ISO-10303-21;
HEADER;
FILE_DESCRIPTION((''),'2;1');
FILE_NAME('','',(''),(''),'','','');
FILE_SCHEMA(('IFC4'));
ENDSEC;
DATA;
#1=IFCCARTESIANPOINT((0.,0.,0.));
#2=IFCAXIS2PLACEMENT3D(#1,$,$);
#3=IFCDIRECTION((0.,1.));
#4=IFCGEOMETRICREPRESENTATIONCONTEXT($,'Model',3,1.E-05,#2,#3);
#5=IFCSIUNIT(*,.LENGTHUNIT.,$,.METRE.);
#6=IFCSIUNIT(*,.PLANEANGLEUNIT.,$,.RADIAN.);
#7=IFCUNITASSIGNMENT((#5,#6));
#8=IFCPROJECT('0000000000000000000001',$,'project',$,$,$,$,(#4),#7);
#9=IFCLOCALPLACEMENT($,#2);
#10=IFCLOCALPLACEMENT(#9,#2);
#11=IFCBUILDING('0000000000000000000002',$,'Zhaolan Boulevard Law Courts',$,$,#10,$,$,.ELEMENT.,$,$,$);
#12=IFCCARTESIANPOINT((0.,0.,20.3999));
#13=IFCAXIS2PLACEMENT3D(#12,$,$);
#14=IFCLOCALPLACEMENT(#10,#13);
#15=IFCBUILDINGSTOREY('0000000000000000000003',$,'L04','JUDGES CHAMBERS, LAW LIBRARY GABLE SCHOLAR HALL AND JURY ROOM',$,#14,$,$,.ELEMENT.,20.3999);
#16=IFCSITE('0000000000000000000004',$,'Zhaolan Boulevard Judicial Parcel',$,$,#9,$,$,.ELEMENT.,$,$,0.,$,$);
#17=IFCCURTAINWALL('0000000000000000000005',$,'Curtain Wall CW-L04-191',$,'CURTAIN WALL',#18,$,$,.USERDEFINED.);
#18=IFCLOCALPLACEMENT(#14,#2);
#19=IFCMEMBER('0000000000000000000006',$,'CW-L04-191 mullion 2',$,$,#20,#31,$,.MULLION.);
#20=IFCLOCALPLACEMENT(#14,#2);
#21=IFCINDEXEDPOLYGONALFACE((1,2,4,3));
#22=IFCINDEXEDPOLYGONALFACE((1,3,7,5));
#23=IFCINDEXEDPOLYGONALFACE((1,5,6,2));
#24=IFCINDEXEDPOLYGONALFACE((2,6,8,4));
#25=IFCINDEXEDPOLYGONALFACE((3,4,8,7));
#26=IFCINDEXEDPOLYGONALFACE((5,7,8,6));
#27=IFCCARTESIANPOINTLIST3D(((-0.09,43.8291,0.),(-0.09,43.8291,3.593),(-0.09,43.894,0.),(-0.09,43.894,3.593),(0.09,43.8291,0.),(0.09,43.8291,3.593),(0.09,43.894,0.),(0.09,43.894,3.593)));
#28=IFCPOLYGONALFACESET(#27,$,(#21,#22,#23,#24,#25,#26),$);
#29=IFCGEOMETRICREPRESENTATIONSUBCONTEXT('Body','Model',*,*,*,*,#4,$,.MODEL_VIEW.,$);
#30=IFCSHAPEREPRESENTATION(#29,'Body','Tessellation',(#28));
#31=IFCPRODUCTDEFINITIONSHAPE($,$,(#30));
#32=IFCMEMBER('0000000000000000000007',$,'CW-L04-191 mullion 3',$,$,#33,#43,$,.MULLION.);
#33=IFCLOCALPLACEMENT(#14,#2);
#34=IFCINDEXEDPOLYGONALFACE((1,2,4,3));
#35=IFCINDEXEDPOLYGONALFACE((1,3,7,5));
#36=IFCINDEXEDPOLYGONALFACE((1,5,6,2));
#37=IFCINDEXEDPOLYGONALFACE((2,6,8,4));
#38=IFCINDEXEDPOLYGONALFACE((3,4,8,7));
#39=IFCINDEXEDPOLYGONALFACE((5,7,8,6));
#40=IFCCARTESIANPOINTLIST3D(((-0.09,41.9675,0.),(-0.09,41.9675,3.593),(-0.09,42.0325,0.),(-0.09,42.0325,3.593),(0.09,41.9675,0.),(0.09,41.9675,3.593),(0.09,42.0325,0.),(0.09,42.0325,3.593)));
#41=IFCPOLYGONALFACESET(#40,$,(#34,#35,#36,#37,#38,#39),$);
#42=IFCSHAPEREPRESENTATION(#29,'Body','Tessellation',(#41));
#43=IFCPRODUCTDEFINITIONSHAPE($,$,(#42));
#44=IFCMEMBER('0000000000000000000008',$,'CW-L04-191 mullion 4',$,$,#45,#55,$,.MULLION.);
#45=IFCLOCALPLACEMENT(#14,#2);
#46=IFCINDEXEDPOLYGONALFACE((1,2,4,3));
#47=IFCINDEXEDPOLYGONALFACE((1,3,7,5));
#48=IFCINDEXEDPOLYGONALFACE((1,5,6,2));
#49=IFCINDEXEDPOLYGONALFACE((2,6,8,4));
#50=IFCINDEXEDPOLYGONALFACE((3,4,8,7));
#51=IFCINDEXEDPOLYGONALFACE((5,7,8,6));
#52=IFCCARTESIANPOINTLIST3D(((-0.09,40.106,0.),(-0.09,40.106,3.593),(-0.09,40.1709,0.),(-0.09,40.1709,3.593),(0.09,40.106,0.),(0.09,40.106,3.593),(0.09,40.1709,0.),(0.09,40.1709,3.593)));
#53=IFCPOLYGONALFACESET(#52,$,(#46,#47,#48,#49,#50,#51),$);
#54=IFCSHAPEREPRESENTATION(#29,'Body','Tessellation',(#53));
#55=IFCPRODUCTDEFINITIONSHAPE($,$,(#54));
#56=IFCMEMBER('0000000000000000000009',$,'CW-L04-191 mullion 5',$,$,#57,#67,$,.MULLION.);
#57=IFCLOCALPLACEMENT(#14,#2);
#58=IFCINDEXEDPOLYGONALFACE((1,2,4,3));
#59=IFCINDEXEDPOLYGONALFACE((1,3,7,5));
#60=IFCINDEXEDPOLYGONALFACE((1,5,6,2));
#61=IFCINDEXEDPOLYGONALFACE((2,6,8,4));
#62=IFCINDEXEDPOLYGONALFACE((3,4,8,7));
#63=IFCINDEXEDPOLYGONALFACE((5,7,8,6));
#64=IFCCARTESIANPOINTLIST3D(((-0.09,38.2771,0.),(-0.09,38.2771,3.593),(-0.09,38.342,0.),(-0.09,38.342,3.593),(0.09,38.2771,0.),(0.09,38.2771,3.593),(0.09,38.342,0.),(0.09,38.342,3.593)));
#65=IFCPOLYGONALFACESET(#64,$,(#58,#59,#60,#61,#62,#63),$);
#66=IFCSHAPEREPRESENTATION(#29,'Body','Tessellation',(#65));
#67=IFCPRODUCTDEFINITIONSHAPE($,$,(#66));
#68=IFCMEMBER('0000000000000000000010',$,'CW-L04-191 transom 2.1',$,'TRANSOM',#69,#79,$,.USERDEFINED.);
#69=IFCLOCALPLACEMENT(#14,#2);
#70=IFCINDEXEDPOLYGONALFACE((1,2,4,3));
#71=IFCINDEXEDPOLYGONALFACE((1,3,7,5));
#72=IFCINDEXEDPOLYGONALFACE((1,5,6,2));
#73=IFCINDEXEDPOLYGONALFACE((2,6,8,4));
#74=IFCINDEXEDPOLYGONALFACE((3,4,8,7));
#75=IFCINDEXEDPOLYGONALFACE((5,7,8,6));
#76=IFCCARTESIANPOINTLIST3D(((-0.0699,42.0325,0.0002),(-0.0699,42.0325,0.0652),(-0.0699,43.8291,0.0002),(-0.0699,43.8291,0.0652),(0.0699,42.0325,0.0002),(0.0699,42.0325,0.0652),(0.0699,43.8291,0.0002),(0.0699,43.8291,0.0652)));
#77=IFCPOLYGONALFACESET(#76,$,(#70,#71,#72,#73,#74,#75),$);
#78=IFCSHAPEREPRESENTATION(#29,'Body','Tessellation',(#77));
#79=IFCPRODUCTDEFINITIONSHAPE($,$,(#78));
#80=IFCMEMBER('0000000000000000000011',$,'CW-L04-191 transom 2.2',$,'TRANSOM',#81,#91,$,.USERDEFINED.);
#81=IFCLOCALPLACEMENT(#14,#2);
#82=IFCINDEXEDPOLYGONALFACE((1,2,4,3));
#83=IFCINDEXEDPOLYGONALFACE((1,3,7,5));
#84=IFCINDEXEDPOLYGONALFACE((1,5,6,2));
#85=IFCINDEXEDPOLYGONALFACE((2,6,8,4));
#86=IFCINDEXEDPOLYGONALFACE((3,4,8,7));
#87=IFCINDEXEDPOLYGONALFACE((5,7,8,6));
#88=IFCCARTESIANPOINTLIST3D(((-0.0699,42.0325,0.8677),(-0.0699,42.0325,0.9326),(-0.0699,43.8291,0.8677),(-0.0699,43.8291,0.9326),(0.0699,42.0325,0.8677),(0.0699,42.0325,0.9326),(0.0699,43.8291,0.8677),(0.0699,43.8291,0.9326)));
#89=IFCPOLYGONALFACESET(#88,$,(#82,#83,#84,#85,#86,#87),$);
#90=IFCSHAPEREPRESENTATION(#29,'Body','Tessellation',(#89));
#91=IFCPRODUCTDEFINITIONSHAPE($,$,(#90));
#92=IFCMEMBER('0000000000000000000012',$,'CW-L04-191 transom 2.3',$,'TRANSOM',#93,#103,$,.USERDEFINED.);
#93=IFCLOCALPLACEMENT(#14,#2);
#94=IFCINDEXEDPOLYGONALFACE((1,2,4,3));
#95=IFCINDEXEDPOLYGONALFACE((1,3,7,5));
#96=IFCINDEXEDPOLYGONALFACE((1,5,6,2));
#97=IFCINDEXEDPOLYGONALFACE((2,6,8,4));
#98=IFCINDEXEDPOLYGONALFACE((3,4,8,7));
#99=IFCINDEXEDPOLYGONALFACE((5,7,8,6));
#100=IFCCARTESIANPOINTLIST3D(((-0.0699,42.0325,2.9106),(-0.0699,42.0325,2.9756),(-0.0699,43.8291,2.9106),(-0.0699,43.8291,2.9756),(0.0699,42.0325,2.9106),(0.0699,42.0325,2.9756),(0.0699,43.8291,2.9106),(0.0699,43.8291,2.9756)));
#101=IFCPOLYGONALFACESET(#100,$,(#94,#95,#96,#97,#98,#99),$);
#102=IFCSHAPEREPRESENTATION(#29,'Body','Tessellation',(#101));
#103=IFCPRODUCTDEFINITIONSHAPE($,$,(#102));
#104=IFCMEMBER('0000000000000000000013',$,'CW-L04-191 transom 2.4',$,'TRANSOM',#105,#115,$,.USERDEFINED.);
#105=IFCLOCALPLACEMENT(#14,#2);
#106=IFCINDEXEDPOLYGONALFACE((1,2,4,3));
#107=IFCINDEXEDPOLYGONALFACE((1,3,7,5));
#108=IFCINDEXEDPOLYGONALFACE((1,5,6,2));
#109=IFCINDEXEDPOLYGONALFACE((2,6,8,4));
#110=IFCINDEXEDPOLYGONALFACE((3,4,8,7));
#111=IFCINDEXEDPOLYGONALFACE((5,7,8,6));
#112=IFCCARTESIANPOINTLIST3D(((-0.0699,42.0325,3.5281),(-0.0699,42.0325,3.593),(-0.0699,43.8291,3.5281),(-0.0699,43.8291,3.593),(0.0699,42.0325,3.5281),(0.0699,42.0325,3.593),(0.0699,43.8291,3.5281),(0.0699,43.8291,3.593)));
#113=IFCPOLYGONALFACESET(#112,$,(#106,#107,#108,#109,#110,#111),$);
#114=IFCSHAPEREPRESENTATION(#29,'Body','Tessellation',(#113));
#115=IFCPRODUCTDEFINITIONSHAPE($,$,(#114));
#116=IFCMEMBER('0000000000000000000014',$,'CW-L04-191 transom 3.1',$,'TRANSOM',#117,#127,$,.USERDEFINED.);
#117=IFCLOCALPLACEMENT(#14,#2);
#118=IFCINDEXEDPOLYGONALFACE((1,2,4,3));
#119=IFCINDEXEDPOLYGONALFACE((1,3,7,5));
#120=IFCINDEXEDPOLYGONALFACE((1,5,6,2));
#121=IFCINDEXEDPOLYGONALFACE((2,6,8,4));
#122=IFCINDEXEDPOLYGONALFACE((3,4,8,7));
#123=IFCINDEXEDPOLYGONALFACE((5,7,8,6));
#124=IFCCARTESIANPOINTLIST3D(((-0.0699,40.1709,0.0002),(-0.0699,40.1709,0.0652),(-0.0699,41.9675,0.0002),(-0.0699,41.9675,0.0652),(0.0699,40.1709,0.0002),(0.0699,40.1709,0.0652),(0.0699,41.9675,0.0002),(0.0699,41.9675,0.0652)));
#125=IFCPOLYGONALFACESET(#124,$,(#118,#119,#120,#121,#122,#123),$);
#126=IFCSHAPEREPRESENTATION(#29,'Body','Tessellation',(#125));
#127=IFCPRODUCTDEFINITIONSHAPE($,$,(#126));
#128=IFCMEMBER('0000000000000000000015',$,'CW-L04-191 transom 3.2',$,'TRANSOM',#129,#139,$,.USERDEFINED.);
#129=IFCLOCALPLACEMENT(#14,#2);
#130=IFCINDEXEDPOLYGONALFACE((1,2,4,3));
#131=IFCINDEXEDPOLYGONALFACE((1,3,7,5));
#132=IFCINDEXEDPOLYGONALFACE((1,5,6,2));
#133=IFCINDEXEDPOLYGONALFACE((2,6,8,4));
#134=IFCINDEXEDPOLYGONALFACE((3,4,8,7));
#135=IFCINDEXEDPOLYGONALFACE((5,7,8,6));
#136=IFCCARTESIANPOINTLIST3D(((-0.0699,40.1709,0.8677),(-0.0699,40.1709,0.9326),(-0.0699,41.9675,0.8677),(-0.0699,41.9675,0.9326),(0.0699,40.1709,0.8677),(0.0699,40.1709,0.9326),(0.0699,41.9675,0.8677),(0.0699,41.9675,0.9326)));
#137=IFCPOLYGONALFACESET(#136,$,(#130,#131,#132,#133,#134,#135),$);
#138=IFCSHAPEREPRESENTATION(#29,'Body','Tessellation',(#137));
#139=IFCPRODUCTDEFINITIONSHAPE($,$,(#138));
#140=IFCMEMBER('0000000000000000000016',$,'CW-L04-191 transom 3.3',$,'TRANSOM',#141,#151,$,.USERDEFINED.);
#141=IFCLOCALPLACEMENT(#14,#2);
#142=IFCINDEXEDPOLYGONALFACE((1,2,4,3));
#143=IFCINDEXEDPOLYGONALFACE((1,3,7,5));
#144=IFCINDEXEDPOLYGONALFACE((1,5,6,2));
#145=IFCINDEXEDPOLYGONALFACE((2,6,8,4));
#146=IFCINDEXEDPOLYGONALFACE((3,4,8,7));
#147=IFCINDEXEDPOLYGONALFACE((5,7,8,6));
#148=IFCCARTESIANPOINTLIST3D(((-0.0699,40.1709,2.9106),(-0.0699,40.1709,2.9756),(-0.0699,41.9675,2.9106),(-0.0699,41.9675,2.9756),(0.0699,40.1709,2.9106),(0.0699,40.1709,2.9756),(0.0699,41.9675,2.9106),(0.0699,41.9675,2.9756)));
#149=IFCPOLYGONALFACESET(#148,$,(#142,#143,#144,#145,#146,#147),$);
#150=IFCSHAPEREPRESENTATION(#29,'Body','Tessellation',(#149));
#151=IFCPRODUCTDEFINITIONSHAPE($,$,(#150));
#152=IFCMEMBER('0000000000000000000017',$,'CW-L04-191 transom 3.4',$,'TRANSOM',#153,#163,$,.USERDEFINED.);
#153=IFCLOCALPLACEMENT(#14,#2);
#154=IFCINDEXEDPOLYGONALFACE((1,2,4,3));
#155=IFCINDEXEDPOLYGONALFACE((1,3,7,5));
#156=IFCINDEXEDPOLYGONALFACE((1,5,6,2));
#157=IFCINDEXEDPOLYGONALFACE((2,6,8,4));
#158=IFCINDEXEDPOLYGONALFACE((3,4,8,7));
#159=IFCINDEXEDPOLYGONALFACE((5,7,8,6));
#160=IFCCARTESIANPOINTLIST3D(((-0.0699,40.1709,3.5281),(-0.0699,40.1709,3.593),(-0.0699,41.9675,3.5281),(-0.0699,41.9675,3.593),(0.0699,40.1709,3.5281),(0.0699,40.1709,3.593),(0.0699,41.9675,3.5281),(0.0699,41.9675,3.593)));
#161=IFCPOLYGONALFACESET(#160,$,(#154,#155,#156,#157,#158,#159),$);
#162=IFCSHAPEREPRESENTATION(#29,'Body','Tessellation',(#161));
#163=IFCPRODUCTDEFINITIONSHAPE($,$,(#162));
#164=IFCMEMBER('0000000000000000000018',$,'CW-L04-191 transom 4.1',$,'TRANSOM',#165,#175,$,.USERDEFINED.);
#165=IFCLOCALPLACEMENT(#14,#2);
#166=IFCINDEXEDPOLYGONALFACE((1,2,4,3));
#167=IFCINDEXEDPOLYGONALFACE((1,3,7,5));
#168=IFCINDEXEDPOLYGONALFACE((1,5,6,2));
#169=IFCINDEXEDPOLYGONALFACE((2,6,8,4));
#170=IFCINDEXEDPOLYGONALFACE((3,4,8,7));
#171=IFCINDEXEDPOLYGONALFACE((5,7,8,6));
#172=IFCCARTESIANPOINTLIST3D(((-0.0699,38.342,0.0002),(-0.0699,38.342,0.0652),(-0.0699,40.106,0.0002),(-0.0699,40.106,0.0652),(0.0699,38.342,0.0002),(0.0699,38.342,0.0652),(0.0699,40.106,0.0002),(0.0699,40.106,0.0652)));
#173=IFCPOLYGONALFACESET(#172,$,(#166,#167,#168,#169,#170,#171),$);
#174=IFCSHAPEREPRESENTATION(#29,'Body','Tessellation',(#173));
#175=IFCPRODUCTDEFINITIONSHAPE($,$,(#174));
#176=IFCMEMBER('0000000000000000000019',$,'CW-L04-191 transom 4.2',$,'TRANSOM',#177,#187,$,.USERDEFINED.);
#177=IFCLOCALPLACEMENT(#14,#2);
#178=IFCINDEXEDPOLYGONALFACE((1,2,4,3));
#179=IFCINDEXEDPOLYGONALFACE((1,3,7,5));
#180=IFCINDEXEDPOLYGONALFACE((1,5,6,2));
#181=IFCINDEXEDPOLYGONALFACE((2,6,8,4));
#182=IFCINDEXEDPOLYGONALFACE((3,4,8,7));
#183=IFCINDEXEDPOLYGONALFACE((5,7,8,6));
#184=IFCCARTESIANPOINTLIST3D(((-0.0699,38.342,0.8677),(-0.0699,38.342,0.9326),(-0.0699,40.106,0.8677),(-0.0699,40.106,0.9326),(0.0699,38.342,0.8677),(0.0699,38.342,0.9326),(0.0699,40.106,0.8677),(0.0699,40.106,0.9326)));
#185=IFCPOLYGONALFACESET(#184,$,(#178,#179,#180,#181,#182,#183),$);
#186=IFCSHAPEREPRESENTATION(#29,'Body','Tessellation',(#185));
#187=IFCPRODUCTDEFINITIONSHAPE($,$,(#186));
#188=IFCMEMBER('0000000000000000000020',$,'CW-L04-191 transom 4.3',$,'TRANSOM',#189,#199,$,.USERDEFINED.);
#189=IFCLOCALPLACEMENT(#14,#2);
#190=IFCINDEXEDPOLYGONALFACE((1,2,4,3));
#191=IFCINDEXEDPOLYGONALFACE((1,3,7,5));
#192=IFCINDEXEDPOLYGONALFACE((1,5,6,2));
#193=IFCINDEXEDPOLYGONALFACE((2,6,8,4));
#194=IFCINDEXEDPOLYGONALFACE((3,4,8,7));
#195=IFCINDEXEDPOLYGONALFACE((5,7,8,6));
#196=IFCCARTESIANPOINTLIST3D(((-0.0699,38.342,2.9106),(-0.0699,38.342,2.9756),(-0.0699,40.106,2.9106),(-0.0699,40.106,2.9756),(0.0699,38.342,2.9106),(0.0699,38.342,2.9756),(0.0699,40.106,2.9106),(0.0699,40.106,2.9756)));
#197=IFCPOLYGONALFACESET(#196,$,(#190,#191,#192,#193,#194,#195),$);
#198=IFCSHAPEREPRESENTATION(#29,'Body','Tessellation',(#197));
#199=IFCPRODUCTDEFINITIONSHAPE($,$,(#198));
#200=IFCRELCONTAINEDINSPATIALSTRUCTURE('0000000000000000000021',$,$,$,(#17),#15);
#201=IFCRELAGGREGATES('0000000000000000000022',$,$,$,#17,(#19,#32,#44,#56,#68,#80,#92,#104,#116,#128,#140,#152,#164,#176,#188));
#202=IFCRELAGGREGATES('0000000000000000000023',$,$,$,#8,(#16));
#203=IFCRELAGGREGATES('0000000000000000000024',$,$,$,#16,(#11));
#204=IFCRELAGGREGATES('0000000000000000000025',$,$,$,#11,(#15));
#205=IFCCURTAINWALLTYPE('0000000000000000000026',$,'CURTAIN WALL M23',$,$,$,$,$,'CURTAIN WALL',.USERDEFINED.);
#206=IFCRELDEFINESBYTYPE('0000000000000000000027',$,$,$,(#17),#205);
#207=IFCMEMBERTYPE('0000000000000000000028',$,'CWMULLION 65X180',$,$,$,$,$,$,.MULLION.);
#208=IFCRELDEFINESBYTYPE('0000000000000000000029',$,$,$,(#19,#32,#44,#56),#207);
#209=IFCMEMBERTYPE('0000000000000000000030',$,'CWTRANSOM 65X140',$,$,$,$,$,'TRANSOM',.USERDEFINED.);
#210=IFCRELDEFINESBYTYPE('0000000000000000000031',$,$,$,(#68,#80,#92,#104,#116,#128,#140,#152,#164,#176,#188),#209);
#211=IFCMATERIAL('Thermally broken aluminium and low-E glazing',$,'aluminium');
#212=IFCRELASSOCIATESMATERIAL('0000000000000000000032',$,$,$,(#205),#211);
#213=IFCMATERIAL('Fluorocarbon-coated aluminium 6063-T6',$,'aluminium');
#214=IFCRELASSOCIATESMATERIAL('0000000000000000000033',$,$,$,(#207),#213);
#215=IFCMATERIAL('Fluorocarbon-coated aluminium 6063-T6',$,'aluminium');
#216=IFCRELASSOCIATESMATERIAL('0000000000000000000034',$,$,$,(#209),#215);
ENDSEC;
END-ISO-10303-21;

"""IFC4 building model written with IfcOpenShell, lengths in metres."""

from ifc_helpers import new_model, si_unit, direction, frame, origin, origin_2d, place, context, subcontext, project, spatial, rectangle, extrude, material, material_profile, profile_set, type_object, element, aggregate, save


model = new_model("IFC4")

# Units and contexts
model_context = context("Model", 3, precision=1e-05, world=origin(), true_north=direction((0.0, 1.0)))
body_context = subcontext(model_context, "Body", "Model", "MODEL_VIEW")
ifc_project = project(units=[si_unit("LENGTHUNIT", "METRE"), si_unit("PLANEANGLEUNIT", "RADIAN")], contexts=[model_context])

# Site, building, storey
site_placement = place(None, origin())
site = spatial("IfcSite", under=ifc_project, at=site_placement, Name="Zhaolan Boulevard Judicial Parcel", CompositionType="ELEMENT", RefElevation=0.0)
building_placement = place(site_placement, origin())
building = spatial("IfcBuilding", under=site, at=building_placement, Name="Zhaolan Boulevard Law Courts", CompositionType="ELEMENT")
storey_placement = place(building_placement, frame((0.0, 0.0, 20.3999)))
storey = spatial("IfcBuildingStorey", under=building, at=storey_placement, Name="L04", Description="JUDGES CHAMBERS, LAW LIBRARY GABLE SCHOLAR HALL AND JURY ROOM", CompositionType="ELEMENT", Elevation=20.3999)

# Curtain wall, members
ifc_material_1 = material(Name="Thermally broken aluminium and low-E glazing", Category="aluminium")
curtain_wall_type = type_object("IfcCurtainWallType", Name="CURTAIN WALL M23", ElementType="CURTAIN WALL", PredefinedType="USERDEFINED", material=ifc_material_1)
curtain_wall_placement = place(storey_placement, origin())
curtain_wall = element("IfcCurtainWall", 1, at=curtain_wall_placement, inside=storey, type_object=curtain_wall_type, Name="Curtain Wall CW-L04-191", ObjectType="CURTAIN WALL", PredefinedType="USERDEFINED")
ifc_material_2 = material(Name="Fluorocarbon-coated aluminium 6063-T6", Category="aluminium")
ifc_material_profile_1 = material_profile(ifc_material_2, rectangle(XDim=0.1799, YDim=0.0649, at=origin_2d()), Name="AL65x180")
ifc_profile_set_1 = profile_set([ifc_material_profile_1], Name="Fluorocarbon-coated aluminium 6063-T6")
member_type_1 = type_object("IfcMemberType", Name="CWMULLION 65X180", PredefinedType="MULLION", material=ifc_profile_set_1)
member_1_placement = place(storey_placement, frame((0.0, 43.8616, 0.0), z_axis=(0.0, 0.0, 1.0), x_axis=(1.0, 0.0, 0.0)))
member_1 = element("IfcMember", 2, at=member_1_placement, type_object=member_type_1, Name="CW-L04-191 mullion 2", PredefinedType="MULLION", context=body_context, shape_type="SweptSolid", body=[
    extrude(rectangle(XDim=0.1799, YDim=0.0649, at=origin_2d()), origin(), (0.0, 0.0, 1.0), 3.593),
])
member_2_placement = place(storey_placement, frame((0.0, 42.0, 0.0), z_axis=(0.0, 0.0, 1.0), x_axis=(1.0, 0.0, 0.0)))
member_2 = element("IfcMember", 3, at=member_2_placement, type_object=member_type_1, Name="CW-L04-191 mullion 3", PredefinedType="MULLION", context=body_context, shape_type="SweptSolid", body=[
    extrude(rectangle(XDim=0.1799, YDim=0.0649, at=origin_2d()), origin(), (0.0, 0.0, 1.0), 3.593),
])
member_3_placement = place(storey_placement, frame((0.0, 40.1384, 0.0), z_axis=(0.0, 0.0, 1.0), x_axis=(1.0, 0.0, 0.0)))
member_3 = element("IfcMember", 4, at=member_3_placement, type_object=member_type_1, Name="CW-L04-191 mullion 4", PredefinedType="MULLION", context=body_context, shape_type="SweptSolid", body=[
    extrude(rectangle(XDim=0.1799, YDim=0.0649, at=origin_2d()), origin(), (0.0, 0.0, 1.0), 3.593),
])
member_4_placement = place(storey_placement, frame((0.0, 38.3096, 0.0), z_axis=(0.0, 0.0, 1.0), x_axis=(1.0, 0.0, 0.0)))
member_4 = element("IfcMember", 5, at=member_4_placement, type_object=member_type_1, Name="CW-L04-191 mullion 5", PredefinedType="MULLION", context=body_context, shape_type="SweptSolid", body=[
    extrude(rectangle(XDim=0.1799, YDim=0.0649, at=origin_2d()), origin(), (0.0, 0.0, 1.0), 3.593),
])
ifc_material_3 = material(Name="Fluorocarbon-coated aluminium 6063-T6", Category="aluminium")
ifc_material_profile_2 = material_profile(ifc_material_3, rectangle(XDim=0.1399, YDim=0.0649, at=origin_2d()), Name="AL65x140")
ifc_profile_set_2 = profile_set([ifc_material_profile_2], Name="Fluorocarbon-coated aluminium 6063-T6")
member_type_2 = type_object("IfcMemberType", Name="CWTRANSOM 65X140", ElementType="TRANSOM", PredefinedType="USERDEFINED", material=ifc_profile_set_2)
member_5_placement = place(storey_placement, frame((0.0, 43.8291, 0.0327), z_axis=(0.0, -1.0, 0.0), x_axis=(1.0, 0.0, 0.0)))
member_5 = element("IfcMember", 6, at=member_5_placement, type_object=member_type_2, Name="CW-L04-191 transom 2.1", ObjectType="TRANSOM", PredefinedType="USERDEFINED", context=body_context, shape_type="SweptSolid", body=[
    extrude(rectangle(XDim=0.1399, YDim=0.0649, at=origin_2d()), origin(), (0.0, 0.0, 1.0), 1.7966),
])
member_6_placement = place(storey_placement, frame((0.0, 43.8291, 0.9001), z_axis=(0.0, -1.0, 0.0), x_axis=(1.0, 0.0, 0.0)))
member_6 = element("IfcMember", 7, at=member_6_placement, type_object=member_type_2, Name="CW-L04-191 transom 2.2", ObjectType="TRANSOM", PredefinedType="USERDEFINED", context=body_context, shape_type="SweptSolid", body=[
    extrude(rectangle(XDim=0.1399, YDim=0.0649, at=origin_2d()), origin(), (0.0, 0.0, 1.0), 1.7966),
])
member_7_placement = place(storey_placement, frame((0.0, 43.8291, 2.9431), z_axis=(0.0, -1.0, 0.0), x_axis=(1.0, 0.0, 0.0)))
member_7 = element("IfcMember", 8, at=member_7_placement, type_object=member_type_2, Name="CW-L04-191 transom 2.3", ObjectType="TRANSOM", PredefinedType="USERDEFINED", context=body_context, shape_type="SweptSolid", body=[
    extrude(rectangle(XDim=0.1399, YDim=0.0649, at=origin_2d()), origin(), (0.0, 0.0, 1.0), 1.7966),
])
member_8_placement = place(storey_placement, frame((0.0, 43.8291, 3.5605), z_axis=(0.0, -1.0, 0.0), x_axis=(1.0, 0.0, 0.0)))
member_8 = element("IfcMember", 9, at=member_8_placement, type_object=member_type_2, Name="CW-L04-191 transom 2.4", ObjectType="TRANSOM", PredefinedType="USERDEFINED", context=body_context, shape_type="SweptSolid", body=[
    extrude(rectangle(XDim=0.1399, YDim=0.0649, at=origin_2d()), origin(), (0.0, 0.0, 1.0), 1.7966),
])
member_9_placement = place(storey_placement, frame((0.0, 41.9675, 0.0327), z_axis=(0.0, -1.0, 0.0), x_axis=(1.0, 0.0, 0.0)))
member_9 = element("IfcMember", 10, at=member_9_placement, type_object=member_type_2, Name="CW-L04-191 transom 3.1", ObjectType="TRANSOM", PredefinedType="USERDEFINED", context=body_context, shape_type="SweptSolid", body=[
    extrude(rectangle(XDim=0.1399, YDim=0.0649, at=origin_2d()), origin(), (0.0, 0.0, 1.0), 1.7966),
])
member_10_placement = place(storey_placement, frame((0.0, 41.9675, 0.9001), z_axis=(0.0, -1.0, 0.0), x_axis=(1.0, 0.0, 0.0)))
member_10 = element("IfcMember", 11, at=member_10_placement, type_object=member_type_2, Name="CW-L04-191 transom 3.2", ObjectType="TRANSOM", PredefinedType="USERDEFINED", context=body_context, shape_type="SweptSolid", body=[
    extrude(rectangle(XDim=0.1399, YDim=0.0649, at=origin_2d()), origin(), (0.0, 0.0, 1.0), 1.7966),
])
member_11_placement = place(storey_placement, frame((0.0, 41.9675, 2.9431), z_axis=(0.0, -1.0, 0.0), x_axis=(1.0, 0.0, 0.0)))
member_11 = element("IfcMember", 12, at=member_11_placement, type_object=member_type_2, Name="CW-L04-191 transom 3.3", ObjectType="TRANSOM", PredefinedType="USERDEFINED", context=body_context, shape_type="SweptSolid", body=[
    extrude(rectangle(XDim=0.1399, YDim=0.0649, at=origin_2d()), origin(), (0.0, 0.0, 1.0), 1.7966),
])
member_12_placement = place(storey_placement, frame((0.0, 41.9675, 3.5605), z_axis=(0.0, -1.0, 0.0), x_axis=(1.0, 0.0, 0.0)))
member_12 = element("IfcMember", 13, at=member_12_placement, type_object=member_type_2, Name="CW-L04-191 transom 3.4", ObjectType="TRANSOM", PredefinedType="USERDEFINED", context=body_context, shape_type="SweptSolid", body=[
    extrude(rectangle(XDim=0.1399, YDim=0.0649, at=origin_2d()), origin(), (0.0, 0.0, 1.0), 1.7966),
])
member_13_placement = place(storey_placement, frame((0.0, 40.106, 0.0327), z_axis=(0.0, -1.0, 0.0), x_axis=(1.0, 0.0, 0.0)))
member_13 = element("IfcMember", 14, at=member_13_placement, type_object=member_type_2, Name="CW-L04-191 transom 4.1", ObjectType="TRANSOM", PredefinedType="USERDEFINED", context=body_context, shape_type="SweptSolid", body=[
    extrude(rectangle(XDim=0.1399, YDim=0.0649, at=origin_2d()), origin(), (0.0, 0.0, 1.0), 1.7639),
])
member_14_placement = place(storey_placement, frame((0.0, 40.106, 0.9001), z_axis=(0.0, -1.0, 0.0), x_axis=(1.0, 0.0, 0.0)))
member_14 = element("IfcMember", 15, at=member_14_placement, type_object=member_type_2, Name="CW-L04-191 transom 4.2", ObjectType="TRANSOM", PredefinedType="USERDEFINED", context=body_context, shape_type="SweptSolid", body=[
    extrude(rectangle(XDim=0.1399, YDim=0.0649, at=origin_2d()), origin(), (0.0, 0.0, 1.0), 1.7639),
])
member_15_placement = place(storey_placement, frame((0.0, 40.106, 2.9431), z_axis=(0.0, -1.0, 0.0), x_axis=(1.0, 0.0, 0.0)))
member_15 = element("IfcMember", 16, at=member_15_placement, type_object=member_type_2, Name="CW-L04-191 transom 4.3", ObjectType="TRANSOM", PredefinedType="USERDEFINED", context=body_context, shape_type="SweptSolid", body=[
    extrude(rectangle(XDim=0.1399, YDim=0.0649, at=origin_2d()), origin(), (0.0, 0.0, 1.0), 1.7639),
])

aggregate(curtain_wall, [member_1, member_2, member_3, member_4, member_5, member_6, member_7, member_8, member_9, member_10, member_11, member_12, member_13, member_14, member_15])

save(model, "model.ifc")
